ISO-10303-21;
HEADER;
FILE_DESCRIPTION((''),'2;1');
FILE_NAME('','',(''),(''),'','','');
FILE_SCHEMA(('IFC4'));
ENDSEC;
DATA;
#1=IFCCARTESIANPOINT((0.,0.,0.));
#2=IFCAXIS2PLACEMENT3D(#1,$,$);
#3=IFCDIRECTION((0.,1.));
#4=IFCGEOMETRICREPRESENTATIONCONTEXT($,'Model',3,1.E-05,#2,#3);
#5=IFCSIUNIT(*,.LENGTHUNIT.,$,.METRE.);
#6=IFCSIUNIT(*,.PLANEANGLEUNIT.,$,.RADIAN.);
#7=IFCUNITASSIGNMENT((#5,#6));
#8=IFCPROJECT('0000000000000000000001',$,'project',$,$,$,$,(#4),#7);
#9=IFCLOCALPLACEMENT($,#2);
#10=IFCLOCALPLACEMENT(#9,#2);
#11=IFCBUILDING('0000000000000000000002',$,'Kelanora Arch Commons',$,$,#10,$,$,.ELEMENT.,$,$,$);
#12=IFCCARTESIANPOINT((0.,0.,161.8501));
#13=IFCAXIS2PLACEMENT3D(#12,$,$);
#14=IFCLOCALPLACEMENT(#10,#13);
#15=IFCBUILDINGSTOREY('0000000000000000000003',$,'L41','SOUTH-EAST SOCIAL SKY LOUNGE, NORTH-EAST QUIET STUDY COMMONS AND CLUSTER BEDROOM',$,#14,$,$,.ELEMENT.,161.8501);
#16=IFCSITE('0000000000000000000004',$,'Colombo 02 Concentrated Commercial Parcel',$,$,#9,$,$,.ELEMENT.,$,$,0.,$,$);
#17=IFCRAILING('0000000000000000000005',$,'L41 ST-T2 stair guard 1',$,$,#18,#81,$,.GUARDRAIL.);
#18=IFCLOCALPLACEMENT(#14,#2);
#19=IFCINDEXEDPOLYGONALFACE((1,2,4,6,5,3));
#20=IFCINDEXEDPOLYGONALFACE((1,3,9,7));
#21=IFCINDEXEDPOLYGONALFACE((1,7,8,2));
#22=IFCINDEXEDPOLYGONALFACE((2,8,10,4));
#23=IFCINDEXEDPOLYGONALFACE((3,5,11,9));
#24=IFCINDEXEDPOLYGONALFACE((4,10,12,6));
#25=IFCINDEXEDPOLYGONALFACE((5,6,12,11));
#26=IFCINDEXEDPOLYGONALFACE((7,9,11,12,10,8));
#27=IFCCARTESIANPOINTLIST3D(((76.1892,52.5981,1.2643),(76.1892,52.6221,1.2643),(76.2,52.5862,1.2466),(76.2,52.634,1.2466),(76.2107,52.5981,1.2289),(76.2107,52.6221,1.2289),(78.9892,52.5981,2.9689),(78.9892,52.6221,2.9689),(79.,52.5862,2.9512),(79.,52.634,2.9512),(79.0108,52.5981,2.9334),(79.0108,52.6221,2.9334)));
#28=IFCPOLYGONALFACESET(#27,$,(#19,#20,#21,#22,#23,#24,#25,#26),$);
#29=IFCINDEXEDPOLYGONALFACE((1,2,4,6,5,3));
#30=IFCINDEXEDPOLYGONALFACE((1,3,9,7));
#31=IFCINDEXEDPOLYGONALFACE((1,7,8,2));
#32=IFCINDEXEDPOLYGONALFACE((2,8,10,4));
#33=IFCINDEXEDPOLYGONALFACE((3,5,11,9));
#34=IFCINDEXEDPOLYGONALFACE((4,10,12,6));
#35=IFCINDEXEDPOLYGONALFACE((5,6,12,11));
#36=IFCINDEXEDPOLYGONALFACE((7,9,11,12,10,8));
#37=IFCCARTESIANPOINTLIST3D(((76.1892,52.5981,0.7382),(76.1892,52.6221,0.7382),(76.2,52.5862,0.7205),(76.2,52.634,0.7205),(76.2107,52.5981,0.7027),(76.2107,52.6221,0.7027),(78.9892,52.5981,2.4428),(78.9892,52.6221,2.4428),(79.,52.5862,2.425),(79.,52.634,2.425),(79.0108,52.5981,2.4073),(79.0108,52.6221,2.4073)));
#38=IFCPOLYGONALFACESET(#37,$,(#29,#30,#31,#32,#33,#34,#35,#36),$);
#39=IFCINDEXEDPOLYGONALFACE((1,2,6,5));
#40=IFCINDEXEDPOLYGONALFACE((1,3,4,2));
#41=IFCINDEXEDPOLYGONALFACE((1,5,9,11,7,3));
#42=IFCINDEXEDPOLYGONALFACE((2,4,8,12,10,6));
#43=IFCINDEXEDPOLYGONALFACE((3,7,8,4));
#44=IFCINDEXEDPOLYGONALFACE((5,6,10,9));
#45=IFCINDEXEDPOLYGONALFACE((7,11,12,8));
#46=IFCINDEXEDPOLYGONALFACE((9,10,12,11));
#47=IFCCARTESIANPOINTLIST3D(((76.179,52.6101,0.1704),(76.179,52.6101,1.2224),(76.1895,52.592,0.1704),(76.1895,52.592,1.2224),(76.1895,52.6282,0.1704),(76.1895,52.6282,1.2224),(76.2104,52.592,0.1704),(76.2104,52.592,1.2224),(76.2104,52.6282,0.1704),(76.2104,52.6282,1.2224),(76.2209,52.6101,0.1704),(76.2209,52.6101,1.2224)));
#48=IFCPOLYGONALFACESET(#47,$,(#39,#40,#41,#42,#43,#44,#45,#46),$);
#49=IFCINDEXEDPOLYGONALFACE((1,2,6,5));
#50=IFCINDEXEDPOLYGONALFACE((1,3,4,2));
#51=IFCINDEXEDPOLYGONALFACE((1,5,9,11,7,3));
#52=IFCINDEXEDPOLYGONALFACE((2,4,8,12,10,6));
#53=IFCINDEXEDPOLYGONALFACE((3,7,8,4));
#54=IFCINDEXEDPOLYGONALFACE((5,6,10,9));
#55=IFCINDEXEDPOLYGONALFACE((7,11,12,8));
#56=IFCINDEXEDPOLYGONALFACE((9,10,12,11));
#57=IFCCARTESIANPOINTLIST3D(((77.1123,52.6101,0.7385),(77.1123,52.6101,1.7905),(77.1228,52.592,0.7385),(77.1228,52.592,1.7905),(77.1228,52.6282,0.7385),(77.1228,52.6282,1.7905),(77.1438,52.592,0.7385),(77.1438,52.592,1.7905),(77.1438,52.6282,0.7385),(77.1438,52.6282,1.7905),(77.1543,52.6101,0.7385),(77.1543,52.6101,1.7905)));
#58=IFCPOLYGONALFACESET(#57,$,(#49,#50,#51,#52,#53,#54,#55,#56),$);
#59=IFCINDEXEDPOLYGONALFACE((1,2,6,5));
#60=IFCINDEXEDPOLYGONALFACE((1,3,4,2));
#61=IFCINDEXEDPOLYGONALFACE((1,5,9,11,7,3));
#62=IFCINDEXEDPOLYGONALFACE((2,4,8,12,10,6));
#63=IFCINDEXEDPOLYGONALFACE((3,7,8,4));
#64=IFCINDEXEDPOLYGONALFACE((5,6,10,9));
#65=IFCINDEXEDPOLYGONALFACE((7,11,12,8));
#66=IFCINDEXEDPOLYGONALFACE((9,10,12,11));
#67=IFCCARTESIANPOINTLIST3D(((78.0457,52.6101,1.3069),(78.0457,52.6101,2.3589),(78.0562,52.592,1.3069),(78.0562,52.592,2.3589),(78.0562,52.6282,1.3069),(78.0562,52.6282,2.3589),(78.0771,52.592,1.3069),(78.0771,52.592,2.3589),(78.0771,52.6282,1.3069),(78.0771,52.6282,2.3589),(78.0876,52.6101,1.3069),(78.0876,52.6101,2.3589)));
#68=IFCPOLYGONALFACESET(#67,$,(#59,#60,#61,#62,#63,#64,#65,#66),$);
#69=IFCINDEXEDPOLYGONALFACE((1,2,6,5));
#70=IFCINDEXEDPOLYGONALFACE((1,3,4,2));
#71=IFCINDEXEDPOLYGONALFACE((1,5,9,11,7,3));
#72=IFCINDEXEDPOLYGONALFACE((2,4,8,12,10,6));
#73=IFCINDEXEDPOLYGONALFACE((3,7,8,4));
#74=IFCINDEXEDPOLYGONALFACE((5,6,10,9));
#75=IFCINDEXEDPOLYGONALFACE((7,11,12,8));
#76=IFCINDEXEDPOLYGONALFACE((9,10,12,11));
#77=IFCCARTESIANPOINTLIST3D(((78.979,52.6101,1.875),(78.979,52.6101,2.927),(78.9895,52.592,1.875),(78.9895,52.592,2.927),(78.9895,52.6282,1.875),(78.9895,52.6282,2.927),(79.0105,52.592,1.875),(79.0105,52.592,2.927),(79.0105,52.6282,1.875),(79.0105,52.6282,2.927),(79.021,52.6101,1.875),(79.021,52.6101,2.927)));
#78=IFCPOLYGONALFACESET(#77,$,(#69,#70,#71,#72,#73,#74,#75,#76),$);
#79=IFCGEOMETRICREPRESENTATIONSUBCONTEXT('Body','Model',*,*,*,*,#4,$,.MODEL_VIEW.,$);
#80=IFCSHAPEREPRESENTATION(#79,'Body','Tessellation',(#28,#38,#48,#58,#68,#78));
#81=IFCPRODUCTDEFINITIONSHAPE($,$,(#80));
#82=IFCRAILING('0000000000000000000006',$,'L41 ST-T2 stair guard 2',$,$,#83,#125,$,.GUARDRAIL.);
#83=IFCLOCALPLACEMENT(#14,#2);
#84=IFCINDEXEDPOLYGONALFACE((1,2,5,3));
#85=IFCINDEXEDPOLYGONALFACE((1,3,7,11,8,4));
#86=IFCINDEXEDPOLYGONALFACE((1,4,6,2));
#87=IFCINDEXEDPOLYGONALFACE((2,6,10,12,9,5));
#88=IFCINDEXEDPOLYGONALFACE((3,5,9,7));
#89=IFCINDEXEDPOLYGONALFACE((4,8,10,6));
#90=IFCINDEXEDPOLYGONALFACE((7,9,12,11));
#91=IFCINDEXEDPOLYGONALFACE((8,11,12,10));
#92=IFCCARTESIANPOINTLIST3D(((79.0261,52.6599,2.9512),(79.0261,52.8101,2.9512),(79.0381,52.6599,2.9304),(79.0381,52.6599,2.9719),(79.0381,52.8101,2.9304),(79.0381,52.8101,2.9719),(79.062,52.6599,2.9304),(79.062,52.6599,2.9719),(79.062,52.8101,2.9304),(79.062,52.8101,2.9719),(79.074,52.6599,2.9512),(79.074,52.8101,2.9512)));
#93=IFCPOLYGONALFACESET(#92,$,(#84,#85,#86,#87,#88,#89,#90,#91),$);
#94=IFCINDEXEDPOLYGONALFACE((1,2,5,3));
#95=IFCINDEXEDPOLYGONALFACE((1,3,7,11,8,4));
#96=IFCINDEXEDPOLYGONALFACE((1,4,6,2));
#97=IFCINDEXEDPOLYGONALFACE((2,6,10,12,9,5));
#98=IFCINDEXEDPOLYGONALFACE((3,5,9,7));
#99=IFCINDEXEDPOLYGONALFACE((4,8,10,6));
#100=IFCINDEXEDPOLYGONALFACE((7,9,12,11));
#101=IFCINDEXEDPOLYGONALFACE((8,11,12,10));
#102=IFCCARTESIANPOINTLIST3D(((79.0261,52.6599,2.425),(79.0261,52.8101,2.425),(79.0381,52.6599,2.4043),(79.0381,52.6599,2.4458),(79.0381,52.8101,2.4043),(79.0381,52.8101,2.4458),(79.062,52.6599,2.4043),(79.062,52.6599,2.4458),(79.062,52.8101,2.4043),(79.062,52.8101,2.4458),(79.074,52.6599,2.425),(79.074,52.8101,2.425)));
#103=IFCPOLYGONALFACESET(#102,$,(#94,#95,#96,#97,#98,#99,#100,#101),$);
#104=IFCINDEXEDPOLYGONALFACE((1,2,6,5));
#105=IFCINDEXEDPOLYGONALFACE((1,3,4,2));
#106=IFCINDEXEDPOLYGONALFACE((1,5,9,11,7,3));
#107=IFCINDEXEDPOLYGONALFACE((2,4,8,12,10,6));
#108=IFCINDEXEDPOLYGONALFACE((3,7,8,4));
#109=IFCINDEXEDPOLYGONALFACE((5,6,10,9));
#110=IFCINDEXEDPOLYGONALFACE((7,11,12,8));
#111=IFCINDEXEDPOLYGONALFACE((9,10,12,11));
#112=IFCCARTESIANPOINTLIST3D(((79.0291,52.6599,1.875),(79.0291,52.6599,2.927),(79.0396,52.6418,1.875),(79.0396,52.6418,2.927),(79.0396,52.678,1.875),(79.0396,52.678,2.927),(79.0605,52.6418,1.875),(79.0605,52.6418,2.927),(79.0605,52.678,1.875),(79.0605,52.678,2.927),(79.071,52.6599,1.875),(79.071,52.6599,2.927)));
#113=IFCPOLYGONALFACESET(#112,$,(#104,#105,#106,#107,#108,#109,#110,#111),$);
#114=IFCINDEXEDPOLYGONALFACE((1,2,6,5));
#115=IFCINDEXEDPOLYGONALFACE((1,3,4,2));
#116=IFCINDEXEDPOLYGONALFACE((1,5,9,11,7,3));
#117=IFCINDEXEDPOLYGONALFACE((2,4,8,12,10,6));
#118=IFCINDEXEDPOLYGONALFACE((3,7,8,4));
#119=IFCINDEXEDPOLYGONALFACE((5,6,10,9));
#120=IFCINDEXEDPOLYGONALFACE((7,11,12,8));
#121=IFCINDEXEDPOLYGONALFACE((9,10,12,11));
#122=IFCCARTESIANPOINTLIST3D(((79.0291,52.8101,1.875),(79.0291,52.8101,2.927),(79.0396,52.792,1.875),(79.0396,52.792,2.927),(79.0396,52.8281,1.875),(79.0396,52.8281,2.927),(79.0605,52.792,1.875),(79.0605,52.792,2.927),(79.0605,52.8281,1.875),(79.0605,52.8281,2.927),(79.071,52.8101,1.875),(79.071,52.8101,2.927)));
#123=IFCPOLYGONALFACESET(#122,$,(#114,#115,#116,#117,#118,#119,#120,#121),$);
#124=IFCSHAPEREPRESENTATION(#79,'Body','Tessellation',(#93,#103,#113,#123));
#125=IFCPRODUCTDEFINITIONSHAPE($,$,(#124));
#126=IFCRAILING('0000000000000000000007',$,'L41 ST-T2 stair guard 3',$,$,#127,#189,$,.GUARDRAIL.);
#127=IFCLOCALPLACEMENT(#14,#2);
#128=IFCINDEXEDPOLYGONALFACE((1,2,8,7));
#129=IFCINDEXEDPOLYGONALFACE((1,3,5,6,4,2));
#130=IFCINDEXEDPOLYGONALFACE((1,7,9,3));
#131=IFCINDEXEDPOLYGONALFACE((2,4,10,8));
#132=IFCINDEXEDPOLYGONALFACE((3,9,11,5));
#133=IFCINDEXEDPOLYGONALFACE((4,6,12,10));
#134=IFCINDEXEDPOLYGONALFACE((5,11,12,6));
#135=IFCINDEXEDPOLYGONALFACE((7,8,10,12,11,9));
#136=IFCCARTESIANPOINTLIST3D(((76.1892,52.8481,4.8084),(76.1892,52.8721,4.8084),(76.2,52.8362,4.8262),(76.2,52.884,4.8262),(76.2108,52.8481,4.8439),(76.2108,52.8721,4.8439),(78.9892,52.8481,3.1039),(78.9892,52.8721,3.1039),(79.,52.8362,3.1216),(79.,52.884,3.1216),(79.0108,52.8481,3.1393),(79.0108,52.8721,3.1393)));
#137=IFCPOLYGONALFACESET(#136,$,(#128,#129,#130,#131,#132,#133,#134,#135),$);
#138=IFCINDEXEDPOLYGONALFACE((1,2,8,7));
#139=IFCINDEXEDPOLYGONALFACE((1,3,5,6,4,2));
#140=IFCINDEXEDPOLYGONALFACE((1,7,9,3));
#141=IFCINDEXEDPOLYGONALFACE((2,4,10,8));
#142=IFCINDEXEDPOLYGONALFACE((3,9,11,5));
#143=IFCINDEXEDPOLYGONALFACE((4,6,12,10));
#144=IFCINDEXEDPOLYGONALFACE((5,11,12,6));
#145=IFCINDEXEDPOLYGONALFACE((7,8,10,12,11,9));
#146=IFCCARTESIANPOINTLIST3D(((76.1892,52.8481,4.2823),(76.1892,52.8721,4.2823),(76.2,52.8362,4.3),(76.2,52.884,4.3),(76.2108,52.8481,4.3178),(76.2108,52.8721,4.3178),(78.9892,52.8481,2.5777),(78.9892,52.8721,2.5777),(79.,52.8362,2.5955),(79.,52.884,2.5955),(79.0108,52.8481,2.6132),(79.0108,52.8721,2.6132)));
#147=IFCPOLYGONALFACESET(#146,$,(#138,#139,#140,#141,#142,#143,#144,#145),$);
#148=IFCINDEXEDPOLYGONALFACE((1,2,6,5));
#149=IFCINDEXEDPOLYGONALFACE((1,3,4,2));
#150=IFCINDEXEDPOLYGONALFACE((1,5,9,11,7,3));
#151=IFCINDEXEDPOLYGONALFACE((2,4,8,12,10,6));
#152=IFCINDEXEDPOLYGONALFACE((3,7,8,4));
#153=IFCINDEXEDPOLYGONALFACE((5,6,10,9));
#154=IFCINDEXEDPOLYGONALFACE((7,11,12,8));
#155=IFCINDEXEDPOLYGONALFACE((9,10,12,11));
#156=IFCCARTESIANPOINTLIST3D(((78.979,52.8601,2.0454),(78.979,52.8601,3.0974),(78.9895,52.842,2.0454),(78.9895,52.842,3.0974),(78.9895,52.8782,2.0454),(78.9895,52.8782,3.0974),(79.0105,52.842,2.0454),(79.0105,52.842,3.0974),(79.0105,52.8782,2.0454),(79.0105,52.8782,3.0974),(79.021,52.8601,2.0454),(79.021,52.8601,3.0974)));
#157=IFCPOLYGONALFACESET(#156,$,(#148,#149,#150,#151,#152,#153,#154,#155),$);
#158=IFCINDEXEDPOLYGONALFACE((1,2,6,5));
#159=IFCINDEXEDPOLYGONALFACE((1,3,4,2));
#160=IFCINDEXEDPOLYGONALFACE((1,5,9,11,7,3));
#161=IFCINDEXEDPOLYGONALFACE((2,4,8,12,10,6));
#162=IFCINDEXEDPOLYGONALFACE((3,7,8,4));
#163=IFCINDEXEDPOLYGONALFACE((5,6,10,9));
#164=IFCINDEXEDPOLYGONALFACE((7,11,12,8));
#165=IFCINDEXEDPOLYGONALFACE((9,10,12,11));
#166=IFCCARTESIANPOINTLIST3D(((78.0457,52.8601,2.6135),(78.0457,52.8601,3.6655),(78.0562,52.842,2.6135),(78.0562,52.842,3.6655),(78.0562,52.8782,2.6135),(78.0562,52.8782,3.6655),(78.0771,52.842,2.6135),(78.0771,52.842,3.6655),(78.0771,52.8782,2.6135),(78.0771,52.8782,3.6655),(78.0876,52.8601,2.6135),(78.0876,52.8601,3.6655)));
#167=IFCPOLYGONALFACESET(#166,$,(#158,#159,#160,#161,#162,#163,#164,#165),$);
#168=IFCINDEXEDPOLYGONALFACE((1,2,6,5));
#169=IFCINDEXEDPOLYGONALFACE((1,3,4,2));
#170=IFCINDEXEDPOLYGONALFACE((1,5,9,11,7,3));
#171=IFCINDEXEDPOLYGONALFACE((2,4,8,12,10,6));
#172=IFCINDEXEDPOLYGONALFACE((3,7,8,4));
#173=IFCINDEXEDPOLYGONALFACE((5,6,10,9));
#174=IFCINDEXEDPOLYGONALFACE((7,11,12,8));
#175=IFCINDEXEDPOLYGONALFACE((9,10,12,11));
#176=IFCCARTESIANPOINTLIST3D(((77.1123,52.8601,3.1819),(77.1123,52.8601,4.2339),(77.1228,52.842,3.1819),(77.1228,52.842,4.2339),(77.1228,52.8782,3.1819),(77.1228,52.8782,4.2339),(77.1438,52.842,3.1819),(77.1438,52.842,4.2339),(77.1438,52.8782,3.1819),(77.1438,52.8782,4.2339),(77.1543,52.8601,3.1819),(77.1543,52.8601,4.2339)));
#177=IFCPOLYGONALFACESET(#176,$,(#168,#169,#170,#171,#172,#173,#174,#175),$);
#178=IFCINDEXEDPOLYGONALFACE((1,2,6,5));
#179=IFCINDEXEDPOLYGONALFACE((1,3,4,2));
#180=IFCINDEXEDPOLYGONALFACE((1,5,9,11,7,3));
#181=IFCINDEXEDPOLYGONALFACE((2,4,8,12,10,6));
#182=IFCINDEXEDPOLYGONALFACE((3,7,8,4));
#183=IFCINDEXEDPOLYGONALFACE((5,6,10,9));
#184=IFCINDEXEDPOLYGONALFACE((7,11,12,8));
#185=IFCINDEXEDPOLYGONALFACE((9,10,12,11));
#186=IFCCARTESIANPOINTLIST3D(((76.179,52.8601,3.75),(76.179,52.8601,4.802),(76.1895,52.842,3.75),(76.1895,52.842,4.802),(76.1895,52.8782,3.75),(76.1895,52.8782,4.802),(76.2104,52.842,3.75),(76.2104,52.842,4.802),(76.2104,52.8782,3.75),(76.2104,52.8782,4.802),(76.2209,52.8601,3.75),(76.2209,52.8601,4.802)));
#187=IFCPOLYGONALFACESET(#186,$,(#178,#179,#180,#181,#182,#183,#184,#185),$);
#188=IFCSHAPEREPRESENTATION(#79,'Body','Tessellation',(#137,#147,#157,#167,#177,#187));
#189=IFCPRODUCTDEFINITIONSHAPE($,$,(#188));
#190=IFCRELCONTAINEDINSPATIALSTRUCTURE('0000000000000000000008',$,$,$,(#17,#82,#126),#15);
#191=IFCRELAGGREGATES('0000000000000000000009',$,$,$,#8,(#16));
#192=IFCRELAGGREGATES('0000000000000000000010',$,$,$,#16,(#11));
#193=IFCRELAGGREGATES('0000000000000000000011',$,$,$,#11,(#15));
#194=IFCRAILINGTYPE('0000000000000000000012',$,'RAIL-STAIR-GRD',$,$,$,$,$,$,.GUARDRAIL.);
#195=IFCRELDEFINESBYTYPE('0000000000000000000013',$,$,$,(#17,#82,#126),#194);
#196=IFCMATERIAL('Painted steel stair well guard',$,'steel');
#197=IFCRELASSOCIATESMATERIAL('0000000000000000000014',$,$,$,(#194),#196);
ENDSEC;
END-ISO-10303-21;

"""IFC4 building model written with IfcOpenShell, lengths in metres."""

from ifc_helpers import new_model, si_unit, direction, frame, origin, place, context, subcontext, project, spatial, polyline, outline, extrude, material, type_object, element, save


model = new_model("IFC4")

# Units and contexts
model_context = context("Model", 3, precision=1e-05, world=origin(), true_north=direction((0.0, 1.0)))
body_context = subcontext(model_context, "Body", "Model", "MODEL_VIEW")
ifc_project = project(units=[si_unit("LENGTHUNIT", "METRE"), si_unit("PLANEANGLEUNIT", "RADIAN")], contexts=[model_context])

# Site, building, storey
site_placement = place(None, origin())
site = spatial("IfcSite", under=ifc_project, at=site_placement, Name="Colombo 02 Concentrated Commercial Parcel", CompositionType="ELEMENT", RefElevation=0.0)
building_placement = place(site_placement, origin())
building = spatial("IfcBuilding", under=site, at=building_placement, Name="Kelanora Arch Commons", CompositionType="ELEMENT")
storey_placement = place(building_placement, frame((0.0, 0.0, 161.8501)))
storey = spatial("IfcBuildingStorey", under=building, at=storey_placement, Name="L41", Description="SOUTH-EAST SOCIAL SKY LOUNGE, NORTH-EAST QUIET STUDY COMMONS AND CLUSTER BEDROOM", CompositionType="ELEMENT", Elevation=161.8501)

# Railings
ifc_material_1 = material(Name="Painted steel stair well guard", Category="steel")
railing_type_1 = type_object("IfcRailingType", Name="RAIL-STAIR-GRD", PredefinedType="GUARDRAIL", material=ifc_material_1)
railing_1_placement = place(storey_placement, frame((76.2, 52.6101, 0.1704)))
element("IfcRailing", 1, at=railing_1_placement, inside=storey, type_object=railing_type_1, Name="L41 ST-T2 stair guard 1", PredefinedType="GUARDRAIL", context=body_context, shape_type="SweptSolid", body=[
    extrude(outline(polyline([(0.0239, 0.0), (0.012, 0.0208), (-0.012, 0.0208), (-0.0239, 0.0), (-0.012, -0.0208), (0.012, -0.0208), (0.0239, 0.0)])), frame((0.0, 0.0, 1.0762), z_axis=(0.85417, 0.0, 0.519994), x_axis=(0.0, 1.0, 0.0)), (0.0, 0.0, 1.0), 3.2781),
    extrude(outline(polyline([(0.0239, 0.0), (0.012, 0.0208), (-0.012, 0.0208), (-0.0239, 0.0), (-0.012, -0.0208), (0.012, -0.0208), (0.0239, 0.0)])), frame((0.0, 0.0, 0.55), z_axis=(0.85417, 0.0, 0.519994), x_axis=(0.0, 1.0, 0.0)), (0.0, 0.0, 1.0), 3.2781),
    extrude(outline(polyline([(0.021, 0.0), (0.0105, 0.0181), (-0.0105, 0.0181), (-0.021, 0.0), (-0.0105, -0.0181), (0.0105, -0.0181), (0.021, 0.0)])), origin(), (0.0, 0.0, 1.0), 1.052),
    extrude(outline(polyline([(0.021, 0.0), (0.0105, 0.0181), (-0.0105, 0.0181), (-0.021, 0.0), (-0.0105, -0.0181), (0.0105, -0.0181), (0.021, 0.0)])), frame((0.9333, 0.0, 0.5681)), (0.0, 0.0, 1.0), 1.052),
    extrude(outline(polyline([(0.021, 0.0), (0.0105, 0.0181), (-0.0105, 0.0181), (-0.021, 0.0), (-0.0105, -0.0181), (0.0105, -0.0181), (0.021, 0.0)])), frame((1.8667, 0.0, 1.1365)), (0.0, 0.0, 1.0), 1.052),
    extrude(outline(polyline([(0.021, 0.0), (0.0105, 0.0181), (-0.0105, 0.0181), (-0.021, 0.0), (-0.0105, -0.0181), (0.0105, -0.0181), (0.021, 0.0)])), frame((2.8, 0.0, 1.7046)), (0.0, 0.0, 1.0), 1.052),
])
railing_2_placement = place(storey_placement, frame((79.05, 52.6599, 1.875)))
element("IfcRailing", 2, at=railing_2_placement, inside=storey, type_object=railing_type_1, Name="L41 ST-T2 stair guard 2", PredefinedType="GUARDRAIL", context=body_context, shape_type="SweptSolid", body=[
    extrude(outline(polyline([(0.0239, 0.0), (0.012, 0.0208), (-0.012, 0.0208), (-0.0239, 0.0), (-0.012, -0.0208), (0.012, -0.0208), (0.0239, 0.0)])), frame((0.0, 0.0, 1.0762), z_axis=(0.0, 1.0, 0.0), x_axis=(-1.0, 0.0, 0.0)), (0.0, 0.0, 1.0), 0.1501),
    extrude(outline(polyline([(0.0239, 0.0), (0.012, 0.0208), (-0.012, 0.0208), (-0.0239, 0.0), (-0.012, -0.0208), (0.012, -0.0208), (0.0239, 0.0)])), frame((0.0, 0.0, 0.55), z_axis=(0.0, 1.0, 0.0), x_axis=(-1.0, 0.0, 0.0)), (0.0, 0.0, 1.0), 0.1501),
    extrude(outline(polyline([(0.021, 0.0), (0.0105, 0.0181), (-0.0105, 0.0181), (-0.021, 0.0), (-0.0105, -0.0181), (0.0105, -0.0181), (0.021, 0.0)])), origin(), (0.0, 0.0, 1.0), 1.052),
    extrude(outline(polyline([(0.021, 0.0), (0.0105, 0.0181), (-0.0105, 0.0181), (-0.021, 0.0), (-0.0105, -0.0181), (0.0105, -0.0181), (0.021, 0.0)])), frame((0.0, 0.1501, 0.0)), (0.0, 0.0, 1.0), 1.052),
])
railing_3_placement = place(storey_placement, frame((79.0, 52.8601, 2.0454)))
element("IfcRailing", 3, at=railing_3_placement, inside=storey, type_object=railing_type_1, Name="L41 ST-T2 stair guard 3", PredefinedType="GUARDRAIL", context=body_context, shape_type="SweptSolid", body=[
    extrude(outline(polyline([(0.0239, 0.0), (0.012, 0.0208), (-0.012, 0.0208), (-0.0239, 0.0), (-0.012, -0.0208), (0.012, -0.0208), (0.0239, 0.0)])), frame((0.0, 0.0, 1.0762), z_axis=(-0.85417, 0.0, 0.519994), x_axis=(0.0, -1.0, 0.0)), (0.0, 0.0, 1.0), 3.2781),
    extrude(outline(polyline([(0.0239, 0.0), (0.012, 0.0208), (-0.012, 0.0208), (-0.0239, 0.0), (-0.012, -0.0208), (0.012, -0.0208), (0.0239, 0.0)])), frame((0.0, 0.0, 0.55), z_axis=(-0.85417, 0.0, 0.519994), x_axis=(0.0, -1.0, 0.0)), (0.0, 0.0, 1.0), 3.2781),
    extrude(outline(polyline([(0.021, 0.0), (0.0105, 0.0181), (-0.0105, 0.0181), (-0.021, 0.0), (-0.0105, -0.0181), (0.0105, -0.0181), (0.021, 0.0)])), origin(), (0.0, 0.0, 1.0), 1.052),
    extrude(outline(polyline([(0.021, 0.0), (0.0105, 0.0181), (-0.0105, 0.0181), (-0.021, 0.0), (-0.0105, -0.0181), (0.0105, -0.0181), (0.021, 0.0)])), frame((-0.9333, 0.0, 0.5681)), (0.0, 0.0, 1.0), 1.052),
    extrude(outline(polyline([(0.021, 0.0), (0.0105, 0.0181), (-0.0105, 0.0181), (-0.021, 0.0), (-0.0105, -0.0181), (0.0105, -0.0181), (0.021, 0.0)])), frame((-1.8667, 0.0, 1.1365)), (0.0, 0.0, 1.0), 1.052),
    extrude(outline(polyline([(0.021, 0.0), (0.0105, 0.0181), (-0.0105, 0.0181), (-0.021, 0.0), (-0.0105, -0.0181), (0.0105, -0.0181), (0.021, 0.0)])), frame((-2.8, 0.0, 1.7046)), (0.0, 0.0, 1.0), 1.052),
])

save(model, "model.ifc")
